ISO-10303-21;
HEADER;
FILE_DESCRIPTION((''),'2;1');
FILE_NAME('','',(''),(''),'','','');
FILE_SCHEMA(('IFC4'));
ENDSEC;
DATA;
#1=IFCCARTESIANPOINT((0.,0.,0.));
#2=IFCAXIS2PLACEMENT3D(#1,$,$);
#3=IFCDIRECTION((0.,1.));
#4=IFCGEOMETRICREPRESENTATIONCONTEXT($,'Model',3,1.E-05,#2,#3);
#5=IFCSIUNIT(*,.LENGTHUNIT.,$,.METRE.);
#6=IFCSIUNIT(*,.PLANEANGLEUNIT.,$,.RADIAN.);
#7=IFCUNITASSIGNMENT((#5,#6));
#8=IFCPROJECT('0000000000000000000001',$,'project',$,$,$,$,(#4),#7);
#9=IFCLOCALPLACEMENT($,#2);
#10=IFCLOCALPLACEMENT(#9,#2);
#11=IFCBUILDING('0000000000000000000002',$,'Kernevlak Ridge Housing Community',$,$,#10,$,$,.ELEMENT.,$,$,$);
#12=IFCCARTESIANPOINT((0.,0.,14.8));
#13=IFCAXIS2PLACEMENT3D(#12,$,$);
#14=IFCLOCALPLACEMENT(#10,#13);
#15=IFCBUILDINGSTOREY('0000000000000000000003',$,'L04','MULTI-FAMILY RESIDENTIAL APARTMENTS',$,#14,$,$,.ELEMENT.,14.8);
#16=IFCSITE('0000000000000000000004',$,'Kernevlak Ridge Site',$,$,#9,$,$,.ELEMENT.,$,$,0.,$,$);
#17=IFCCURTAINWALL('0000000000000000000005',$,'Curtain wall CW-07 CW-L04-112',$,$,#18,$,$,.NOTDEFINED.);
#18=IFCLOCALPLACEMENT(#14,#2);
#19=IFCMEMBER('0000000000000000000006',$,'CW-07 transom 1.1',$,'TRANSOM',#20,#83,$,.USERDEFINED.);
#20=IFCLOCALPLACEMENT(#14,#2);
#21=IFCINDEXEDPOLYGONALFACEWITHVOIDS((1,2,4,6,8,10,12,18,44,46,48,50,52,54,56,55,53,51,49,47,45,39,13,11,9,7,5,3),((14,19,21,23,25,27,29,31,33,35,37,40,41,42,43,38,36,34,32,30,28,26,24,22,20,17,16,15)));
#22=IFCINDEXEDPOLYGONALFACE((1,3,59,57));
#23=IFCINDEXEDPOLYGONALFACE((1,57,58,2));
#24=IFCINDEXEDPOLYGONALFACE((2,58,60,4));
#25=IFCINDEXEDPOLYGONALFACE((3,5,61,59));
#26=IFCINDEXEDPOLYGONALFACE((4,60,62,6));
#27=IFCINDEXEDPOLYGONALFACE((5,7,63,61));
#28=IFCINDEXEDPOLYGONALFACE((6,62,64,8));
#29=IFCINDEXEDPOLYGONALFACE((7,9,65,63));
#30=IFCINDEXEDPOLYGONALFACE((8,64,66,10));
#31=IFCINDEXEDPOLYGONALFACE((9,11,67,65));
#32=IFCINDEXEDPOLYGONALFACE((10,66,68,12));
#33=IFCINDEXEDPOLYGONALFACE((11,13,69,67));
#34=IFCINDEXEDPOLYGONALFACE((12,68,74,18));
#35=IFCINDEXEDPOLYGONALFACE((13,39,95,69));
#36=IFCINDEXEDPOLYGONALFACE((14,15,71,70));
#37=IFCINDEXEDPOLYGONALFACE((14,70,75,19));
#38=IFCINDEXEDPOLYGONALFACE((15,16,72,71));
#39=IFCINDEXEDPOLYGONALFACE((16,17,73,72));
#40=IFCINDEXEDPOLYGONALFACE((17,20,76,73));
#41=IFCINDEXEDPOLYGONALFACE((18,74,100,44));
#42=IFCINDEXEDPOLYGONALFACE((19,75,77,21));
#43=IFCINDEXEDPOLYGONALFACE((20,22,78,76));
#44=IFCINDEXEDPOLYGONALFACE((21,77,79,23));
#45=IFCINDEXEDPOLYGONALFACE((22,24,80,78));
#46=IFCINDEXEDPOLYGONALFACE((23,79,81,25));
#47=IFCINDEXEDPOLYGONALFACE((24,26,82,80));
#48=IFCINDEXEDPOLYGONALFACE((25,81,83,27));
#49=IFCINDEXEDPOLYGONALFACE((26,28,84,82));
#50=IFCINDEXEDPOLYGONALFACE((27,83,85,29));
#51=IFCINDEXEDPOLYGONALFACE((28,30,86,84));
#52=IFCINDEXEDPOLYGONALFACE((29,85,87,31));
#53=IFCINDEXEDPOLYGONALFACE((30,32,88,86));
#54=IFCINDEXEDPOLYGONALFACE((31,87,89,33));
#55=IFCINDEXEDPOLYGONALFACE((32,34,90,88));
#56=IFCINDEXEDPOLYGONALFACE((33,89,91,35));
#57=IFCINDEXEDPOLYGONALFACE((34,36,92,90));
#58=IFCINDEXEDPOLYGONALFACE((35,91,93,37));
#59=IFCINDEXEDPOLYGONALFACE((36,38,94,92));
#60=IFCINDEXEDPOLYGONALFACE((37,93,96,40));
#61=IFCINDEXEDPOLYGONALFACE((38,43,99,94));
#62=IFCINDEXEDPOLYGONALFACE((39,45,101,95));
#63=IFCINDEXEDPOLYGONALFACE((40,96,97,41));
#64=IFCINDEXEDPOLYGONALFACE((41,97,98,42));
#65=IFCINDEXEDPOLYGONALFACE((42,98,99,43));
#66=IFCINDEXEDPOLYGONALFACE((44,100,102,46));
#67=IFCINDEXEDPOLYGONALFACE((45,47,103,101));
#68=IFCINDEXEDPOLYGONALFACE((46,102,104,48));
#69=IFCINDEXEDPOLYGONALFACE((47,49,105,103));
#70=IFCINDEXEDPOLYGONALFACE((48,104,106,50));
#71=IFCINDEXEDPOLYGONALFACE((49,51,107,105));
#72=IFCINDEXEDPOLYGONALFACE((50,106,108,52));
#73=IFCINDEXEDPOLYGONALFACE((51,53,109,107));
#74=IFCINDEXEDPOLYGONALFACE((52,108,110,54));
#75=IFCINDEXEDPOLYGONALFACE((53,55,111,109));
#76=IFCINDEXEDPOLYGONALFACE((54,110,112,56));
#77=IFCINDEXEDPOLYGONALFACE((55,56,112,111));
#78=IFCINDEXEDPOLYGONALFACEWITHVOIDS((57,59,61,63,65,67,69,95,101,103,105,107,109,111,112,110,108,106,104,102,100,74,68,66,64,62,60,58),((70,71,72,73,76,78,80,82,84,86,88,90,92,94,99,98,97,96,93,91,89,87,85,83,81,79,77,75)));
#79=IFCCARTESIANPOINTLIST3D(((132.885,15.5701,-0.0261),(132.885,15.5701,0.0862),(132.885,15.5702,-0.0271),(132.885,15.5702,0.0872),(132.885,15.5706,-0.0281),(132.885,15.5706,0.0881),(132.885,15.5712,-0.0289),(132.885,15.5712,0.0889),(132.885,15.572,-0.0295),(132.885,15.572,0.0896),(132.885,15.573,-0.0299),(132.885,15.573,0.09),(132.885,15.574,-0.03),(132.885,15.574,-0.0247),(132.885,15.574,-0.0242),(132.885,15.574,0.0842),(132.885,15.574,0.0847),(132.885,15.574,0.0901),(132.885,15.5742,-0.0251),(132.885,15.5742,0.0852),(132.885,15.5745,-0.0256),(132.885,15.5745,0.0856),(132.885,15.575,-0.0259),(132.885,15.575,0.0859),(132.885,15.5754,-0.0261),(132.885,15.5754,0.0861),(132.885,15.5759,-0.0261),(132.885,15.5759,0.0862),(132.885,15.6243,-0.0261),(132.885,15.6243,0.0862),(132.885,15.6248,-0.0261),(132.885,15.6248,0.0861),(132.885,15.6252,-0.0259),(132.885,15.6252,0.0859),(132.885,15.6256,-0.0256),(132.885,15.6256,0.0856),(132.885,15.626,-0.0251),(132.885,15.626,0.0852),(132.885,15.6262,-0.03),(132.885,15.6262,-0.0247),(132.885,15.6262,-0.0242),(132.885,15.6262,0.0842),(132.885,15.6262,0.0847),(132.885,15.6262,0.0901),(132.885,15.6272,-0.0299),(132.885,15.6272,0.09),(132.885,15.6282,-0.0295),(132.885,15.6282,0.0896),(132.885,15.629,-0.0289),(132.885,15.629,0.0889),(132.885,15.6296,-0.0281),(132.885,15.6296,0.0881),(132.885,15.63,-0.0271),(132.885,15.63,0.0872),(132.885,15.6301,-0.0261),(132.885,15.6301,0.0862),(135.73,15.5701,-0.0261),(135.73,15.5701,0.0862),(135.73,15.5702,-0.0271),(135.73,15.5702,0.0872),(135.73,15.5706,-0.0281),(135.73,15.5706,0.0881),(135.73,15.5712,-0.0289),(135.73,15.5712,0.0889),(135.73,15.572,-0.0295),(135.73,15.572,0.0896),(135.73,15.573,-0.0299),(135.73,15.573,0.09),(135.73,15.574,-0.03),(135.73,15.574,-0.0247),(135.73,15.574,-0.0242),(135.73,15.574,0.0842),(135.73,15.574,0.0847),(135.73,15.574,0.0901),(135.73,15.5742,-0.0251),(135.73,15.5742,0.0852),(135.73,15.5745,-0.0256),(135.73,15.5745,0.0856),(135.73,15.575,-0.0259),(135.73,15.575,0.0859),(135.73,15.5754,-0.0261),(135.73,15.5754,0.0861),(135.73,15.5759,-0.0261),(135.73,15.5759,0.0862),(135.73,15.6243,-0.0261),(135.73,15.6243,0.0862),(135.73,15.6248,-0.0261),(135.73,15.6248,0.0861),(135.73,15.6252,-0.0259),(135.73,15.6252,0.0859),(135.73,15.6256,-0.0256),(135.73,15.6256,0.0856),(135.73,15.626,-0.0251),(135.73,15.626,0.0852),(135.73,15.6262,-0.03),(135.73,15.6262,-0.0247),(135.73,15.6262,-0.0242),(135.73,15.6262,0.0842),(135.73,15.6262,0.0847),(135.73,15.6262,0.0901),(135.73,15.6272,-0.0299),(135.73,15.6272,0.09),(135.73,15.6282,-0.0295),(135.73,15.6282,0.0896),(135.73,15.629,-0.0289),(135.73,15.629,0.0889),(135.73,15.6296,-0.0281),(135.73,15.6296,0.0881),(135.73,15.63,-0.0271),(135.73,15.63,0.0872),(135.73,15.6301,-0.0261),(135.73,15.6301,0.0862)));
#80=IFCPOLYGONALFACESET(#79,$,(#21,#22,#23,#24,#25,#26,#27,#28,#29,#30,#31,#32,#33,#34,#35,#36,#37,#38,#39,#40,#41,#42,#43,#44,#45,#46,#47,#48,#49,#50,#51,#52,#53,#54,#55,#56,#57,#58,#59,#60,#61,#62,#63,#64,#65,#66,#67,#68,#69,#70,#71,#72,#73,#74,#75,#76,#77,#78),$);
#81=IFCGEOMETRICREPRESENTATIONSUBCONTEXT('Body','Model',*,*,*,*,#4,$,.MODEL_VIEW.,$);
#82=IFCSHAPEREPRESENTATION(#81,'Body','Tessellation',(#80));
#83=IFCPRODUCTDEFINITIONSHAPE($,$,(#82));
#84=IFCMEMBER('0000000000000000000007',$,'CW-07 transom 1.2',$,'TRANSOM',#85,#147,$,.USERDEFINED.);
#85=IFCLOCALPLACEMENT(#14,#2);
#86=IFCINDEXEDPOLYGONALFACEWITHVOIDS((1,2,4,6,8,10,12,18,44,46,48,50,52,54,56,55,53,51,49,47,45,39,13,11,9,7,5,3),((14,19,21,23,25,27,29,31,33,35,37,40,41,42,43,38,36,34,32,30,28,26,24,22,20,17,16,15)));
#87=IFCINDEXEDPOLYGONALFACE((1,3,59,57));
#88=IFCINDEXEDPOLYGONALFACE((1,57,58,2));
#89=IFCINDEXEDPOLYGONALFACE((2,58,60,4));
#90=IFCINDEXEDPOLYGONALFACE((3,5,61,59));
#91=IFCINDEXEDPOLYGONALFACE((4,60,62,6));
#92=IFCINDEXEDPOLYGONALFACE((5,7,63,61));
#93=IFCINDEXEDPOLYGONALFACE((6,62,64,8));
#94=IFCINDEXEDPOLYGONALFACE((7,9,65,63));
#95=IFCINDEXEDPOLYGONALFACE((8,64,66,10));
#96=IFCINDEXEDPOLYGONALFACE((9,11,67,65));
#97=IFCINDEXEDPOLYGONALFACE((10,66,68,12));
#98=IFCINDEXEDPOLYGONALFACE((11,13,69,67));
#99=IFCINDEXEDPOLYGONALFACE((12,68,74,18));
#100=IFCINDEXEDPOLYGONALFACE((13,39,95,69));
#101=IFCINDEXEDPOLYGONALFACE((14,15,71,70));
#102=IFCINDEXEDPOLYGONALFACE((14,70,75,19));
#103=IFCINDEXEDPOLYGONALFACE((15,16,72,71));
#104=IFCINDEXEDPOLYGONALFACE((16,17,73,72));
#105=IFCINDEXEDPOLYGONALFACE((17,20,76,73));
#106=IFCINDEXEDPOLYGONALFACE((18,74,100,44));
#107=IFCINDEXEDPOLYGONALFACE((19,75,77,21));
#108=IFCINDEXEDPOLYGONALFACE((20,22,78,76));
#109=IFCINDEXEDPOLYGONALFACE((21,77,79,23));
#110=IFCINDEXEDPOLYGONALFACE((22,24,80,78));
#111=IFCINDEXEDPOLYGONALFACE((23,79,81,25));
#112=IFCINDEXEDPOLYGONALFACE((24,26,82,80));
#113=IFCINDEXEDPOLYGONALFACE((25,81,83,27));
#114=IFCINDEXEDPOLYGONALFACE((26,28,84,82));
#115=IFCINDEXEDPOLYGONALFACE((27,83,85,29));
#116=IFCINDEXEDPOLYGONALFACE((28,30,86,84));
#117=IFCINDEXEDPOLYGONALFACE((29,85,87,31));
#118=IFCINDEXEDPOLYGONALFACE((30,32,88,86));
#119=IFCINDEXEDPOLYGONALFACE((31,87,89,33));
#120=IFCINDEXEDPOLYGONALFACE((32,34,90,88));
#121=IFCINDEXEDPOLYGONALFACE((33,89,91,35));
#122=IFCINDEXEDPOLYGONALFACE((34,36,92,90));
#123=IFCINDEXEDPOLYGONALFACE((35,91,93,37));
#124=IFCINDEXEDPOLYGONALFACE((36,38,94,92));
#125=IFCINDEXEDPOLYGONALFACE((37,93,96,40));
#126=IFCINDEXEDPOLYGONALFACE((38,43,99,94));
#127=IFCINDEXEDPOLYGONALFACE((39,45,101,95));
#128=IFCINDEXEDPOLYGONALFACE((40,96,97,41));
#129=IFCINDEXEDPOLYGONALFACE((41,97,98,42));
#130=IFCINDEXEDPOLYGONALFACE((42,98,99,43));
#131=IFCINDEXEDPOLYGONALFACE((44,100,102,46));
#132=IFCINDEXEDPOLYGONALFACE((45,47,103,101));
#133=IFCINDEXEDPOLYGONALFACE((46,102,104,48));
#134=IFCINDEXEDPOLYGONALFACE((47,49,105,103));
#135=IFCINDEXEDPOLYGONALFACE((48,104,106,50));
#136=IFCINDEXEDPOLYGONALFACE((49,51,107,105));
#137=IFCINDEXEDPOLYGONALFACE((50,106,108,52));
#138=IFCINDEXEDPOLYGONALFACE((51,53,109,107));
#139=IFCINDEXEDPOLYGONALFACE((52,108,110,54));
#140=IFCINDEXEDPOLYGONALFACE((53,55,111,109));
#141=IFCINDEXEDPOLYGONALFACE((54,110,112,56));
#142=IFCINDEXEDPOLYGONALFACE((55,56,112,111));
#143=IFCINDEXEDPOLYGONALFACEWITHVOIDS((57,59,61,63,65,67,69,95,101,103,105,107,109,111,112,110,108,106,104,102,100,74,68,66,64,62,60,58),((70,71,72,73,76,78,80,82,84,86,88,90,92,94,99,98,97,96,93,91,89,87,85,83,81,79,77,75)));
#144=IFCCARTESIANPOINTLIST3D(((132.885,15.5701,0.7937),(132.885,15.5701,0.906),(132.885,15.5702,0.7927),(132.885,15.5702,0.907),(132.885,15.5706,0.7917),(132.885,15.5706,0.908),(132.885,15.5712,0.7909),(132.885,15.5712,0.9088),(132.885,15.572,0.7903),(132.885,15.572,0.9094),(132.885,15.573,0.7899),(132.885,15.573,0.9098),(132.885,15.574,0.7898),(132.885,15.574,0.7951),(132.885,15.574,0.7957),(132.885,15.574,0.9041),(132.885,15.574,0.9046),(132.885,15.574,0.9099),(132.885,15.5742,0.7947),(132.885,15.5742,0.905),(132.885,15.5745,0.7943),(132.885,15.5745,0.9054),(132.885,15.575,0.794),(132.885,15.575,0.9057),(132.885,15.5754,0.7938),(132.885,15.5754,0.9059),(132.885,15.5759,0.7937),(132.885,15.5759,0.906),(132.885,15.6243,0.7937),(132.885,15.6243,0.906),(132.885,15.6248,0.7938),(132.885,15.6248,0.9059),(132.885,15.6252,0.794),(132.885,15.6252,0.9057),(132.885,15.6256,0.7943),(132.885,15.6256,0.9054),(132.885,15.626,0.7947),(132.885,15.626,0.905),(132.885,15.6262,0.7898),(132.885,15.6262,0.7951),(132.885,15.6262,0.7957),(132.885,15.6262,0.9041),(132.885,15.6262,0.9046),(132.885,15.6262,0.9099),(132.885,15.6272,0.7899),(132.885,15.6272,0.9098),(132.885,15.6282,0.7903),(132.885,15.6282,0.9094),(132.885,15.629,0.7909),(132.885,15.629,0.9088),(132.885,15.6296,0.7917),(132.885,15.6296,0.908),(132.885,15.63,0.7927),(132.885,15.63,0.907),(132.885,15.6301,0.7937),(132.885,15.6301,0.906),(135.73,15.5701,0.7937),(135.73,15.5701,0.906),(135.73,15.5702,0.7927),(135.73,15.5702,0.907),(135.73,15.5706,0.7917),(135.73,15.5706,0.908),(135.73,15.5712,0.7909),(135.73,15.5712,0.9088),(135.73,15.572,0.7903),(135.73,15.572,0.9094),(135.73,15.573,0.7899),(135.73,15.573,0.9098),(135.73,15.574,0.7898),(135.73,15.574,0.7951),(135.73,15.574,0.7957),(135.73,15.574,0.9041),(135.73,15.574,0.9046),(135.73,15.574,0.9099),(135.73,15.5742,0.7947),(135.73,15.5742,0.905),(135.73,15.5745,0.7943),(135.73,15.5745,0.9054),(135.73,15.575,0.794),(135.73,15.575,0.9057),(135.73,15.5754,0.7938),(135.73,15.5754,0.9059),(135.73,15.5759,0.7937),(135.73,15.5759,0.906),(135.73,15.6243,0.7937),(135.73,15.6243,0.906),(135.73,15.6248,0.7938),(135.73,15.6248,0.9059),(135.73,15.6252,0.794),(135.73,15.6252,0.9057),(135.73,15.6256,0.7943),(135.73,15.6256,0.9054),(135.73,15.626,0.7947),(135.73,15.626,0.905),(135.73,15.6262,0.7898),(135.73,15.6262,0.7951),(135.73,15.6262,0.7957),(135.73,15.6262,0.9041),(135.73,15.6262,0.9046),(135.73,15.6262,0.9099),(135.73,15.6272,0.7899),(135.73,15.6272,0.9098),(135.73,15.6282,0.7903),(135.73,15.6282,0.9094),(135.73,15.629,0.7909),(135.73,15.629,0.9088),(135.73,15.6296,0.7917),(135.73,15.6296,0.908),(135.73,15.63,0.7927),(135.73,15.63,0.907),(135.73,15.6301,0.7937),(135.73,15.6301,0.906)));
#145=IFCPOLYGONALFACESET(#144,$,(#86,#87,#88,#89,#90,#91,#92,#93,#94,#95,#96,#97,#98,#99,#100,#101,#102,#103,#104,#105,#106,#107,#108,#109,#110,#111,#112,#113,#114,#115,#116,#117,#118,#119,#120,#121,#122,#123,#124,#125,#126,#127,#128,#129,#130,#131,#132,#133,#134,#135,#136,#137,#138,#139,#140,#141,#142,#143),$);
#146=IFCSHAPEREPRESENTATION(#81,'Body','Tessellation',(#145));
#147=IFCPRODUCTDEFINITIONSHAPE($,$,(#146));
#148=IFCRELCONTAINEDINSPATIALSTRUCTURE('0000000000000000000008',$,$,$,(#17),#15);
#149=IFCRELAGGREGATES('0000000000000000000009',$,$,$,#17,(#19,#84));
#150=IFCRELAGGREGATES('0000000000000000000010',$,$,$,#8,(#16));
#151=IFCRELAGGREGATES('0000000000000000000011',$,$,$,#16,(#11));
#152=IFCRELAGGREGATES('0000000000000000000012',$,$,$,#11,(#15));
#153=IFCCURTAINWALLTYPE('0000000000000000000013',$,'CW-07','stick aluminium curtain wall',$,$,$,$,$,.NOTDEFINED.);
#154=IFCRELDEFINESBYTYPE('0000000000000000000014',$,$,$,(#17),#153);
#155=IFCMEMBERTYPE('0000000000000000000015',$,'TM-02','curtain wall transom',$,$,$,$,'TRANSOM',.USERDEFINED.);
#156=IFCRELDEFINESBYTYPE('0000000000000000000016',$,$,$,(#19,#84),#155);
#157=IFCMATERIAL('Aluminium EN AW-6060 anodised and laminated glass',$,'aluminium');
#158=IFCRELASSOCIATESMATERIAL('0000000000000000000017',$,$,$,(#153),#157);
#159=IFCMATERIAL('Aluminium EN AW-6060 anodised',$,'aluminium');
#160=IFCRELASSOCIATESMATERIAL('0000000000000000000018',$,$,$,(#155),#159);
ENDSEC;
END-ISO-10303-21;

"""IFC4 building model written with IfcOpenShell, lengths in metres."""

from ifc_helpers import new_model, si_unit, direction, frame, origin, origin_2d, place, context, subcontext, project, spatial, hollow_rectangle, extrude, material, material_profile, profile_set, type_object, element, aggregate, save


model = new_model("IFC4")

# Units and contexts
model_context = context("Model", 3, precision=1e-05, world=origin(), true_north=direction((0.0, 1.0)))
body_context = subcontext(model_context, "Body", "Model", "MODEL_VIEW")
ifc_project = project(units=[si_unit("LENGTHUNIT", "METRE"), si_unit("PLANEANGLEUNIT", "RADIAN")], contexts=[model_context])

# Site, building, storey
site_placement = place(None, origin())
site = spatial("IfcSite", under=ifc_project, at=site_placement, Name="Kernevlak Ridge Site", CompositionType="ELEMENT", RefElevation=0.0)
building_placement = place(site_placement, origin())
building = spatial("IfcBuilding", under=site, at=building_placement, Name="Kernevlak Ridge Housing Community", CompositionType="ELEMENT")
storey_placement = place(building_placement, frame((0.0, 0.0, 14.8)))
storey = spatial("IfcBuildingStorey", under=building, at=storey_placement, Name="L04", Description="MULTI-FAMILY RESIDENTIAL APARTMENTS", CompositionType="ELEMENT", Elevation=14.8)

# Curtain wall
ifc_material_1 = material(Name="Aluminium EN AW-6060 anodised and laminated glass", Category="aluminium")
curtain_wall_type = type_object("IfcCurtainWallType", Name="CW-07", Description="stick aluminium curtain wall", PredefinedType="NOTDEFINED", material=ifc_material_1)
curtain_wall_placement = place(storey_placement, origin())
curtain_wall = element("IfcCurtainWall", 1, at=curtain_wall_placement, inside=storey, type_object=curtain_wall_type, Name="Curtain wall CW-07 CW-L04-112", PredefinedType="NOTDEFINED")
ifc_material_2 = material(Name="Aluminium EN AW-6060 anodised", Category="aluminium")

# Members
ifc_material_profile_1 = material_profile(ifc_material_2, hollow_rectangle(XDim=0.0601, YDim=0.1201, WallThickness=0.0039, InnerFilletRadius=0.002, OuterFilletRadius=0.0039, at=origin_2d()), Name="ALU 60x120x4")
ifc_profile_set_1 = profile_set([ifc_material_profile_1], Name="Aluminium EN AW-6060 anodised")
member_type_1 = type_object("IfcMemberType", Name="TM-02", Description="curtain wall transom", ElementType="TRANSOM", PredefinedType="USERDEFINED", material=ifc_profile_set_1)
member_1_placement = place(storey_placement, frame((132.885, 15.6001, 0.03), z_axis=(1.0, 0.0, 0.0), x_axis=(0.0, 1.0, 0.0)))
member_1 = element("IfcMember", 2, at=member_1_placement, type_object=member_type_1, Name="CW-07 transom 1.1", ObjectType="TRANSOM", PredefinedType="USERDEFINED", context=body_context, shape_type="SweptSolid", body=[
    extrude(hollow_rectangle(XDim=0.0601, YDim=0.1201, WallThickness=0.0039, InnerFilletRadius=0.002, OuterFilletRadius=0.0039, at=origin_2d()), origin(), (0.0, 0.0, 1.0), 2.845),
])
member_2_placement = place(storey_placement, frame((132.885, 15.6001, 0.8499), z_axis=(1.0, 0.0, 0.0), x_axis=(0.0, 1.0, 0.0)))
member_2 = element("IfcMember", 3, at=member_2_placement, type_object=member_type_1, Name="CW-07 transom 1.2", ObjectType="TRANSOM", PredefinedType="USERDEFINED", context=body_context, shape_type="SweptSolid", body=[
    extrude(hollow_rectangle(XDim=0.0601, YDim=0.1201, WallThickness=0.0039, InnerFilletRadius=0.002, OuterFilletRadius=0.0039, at=origin_2d()), origin(), (0.0, 0.0, 1.0), 2.845),
])

aggregate(curtain_wall, [member_1, member_2])

save(model, "model.ifc")
